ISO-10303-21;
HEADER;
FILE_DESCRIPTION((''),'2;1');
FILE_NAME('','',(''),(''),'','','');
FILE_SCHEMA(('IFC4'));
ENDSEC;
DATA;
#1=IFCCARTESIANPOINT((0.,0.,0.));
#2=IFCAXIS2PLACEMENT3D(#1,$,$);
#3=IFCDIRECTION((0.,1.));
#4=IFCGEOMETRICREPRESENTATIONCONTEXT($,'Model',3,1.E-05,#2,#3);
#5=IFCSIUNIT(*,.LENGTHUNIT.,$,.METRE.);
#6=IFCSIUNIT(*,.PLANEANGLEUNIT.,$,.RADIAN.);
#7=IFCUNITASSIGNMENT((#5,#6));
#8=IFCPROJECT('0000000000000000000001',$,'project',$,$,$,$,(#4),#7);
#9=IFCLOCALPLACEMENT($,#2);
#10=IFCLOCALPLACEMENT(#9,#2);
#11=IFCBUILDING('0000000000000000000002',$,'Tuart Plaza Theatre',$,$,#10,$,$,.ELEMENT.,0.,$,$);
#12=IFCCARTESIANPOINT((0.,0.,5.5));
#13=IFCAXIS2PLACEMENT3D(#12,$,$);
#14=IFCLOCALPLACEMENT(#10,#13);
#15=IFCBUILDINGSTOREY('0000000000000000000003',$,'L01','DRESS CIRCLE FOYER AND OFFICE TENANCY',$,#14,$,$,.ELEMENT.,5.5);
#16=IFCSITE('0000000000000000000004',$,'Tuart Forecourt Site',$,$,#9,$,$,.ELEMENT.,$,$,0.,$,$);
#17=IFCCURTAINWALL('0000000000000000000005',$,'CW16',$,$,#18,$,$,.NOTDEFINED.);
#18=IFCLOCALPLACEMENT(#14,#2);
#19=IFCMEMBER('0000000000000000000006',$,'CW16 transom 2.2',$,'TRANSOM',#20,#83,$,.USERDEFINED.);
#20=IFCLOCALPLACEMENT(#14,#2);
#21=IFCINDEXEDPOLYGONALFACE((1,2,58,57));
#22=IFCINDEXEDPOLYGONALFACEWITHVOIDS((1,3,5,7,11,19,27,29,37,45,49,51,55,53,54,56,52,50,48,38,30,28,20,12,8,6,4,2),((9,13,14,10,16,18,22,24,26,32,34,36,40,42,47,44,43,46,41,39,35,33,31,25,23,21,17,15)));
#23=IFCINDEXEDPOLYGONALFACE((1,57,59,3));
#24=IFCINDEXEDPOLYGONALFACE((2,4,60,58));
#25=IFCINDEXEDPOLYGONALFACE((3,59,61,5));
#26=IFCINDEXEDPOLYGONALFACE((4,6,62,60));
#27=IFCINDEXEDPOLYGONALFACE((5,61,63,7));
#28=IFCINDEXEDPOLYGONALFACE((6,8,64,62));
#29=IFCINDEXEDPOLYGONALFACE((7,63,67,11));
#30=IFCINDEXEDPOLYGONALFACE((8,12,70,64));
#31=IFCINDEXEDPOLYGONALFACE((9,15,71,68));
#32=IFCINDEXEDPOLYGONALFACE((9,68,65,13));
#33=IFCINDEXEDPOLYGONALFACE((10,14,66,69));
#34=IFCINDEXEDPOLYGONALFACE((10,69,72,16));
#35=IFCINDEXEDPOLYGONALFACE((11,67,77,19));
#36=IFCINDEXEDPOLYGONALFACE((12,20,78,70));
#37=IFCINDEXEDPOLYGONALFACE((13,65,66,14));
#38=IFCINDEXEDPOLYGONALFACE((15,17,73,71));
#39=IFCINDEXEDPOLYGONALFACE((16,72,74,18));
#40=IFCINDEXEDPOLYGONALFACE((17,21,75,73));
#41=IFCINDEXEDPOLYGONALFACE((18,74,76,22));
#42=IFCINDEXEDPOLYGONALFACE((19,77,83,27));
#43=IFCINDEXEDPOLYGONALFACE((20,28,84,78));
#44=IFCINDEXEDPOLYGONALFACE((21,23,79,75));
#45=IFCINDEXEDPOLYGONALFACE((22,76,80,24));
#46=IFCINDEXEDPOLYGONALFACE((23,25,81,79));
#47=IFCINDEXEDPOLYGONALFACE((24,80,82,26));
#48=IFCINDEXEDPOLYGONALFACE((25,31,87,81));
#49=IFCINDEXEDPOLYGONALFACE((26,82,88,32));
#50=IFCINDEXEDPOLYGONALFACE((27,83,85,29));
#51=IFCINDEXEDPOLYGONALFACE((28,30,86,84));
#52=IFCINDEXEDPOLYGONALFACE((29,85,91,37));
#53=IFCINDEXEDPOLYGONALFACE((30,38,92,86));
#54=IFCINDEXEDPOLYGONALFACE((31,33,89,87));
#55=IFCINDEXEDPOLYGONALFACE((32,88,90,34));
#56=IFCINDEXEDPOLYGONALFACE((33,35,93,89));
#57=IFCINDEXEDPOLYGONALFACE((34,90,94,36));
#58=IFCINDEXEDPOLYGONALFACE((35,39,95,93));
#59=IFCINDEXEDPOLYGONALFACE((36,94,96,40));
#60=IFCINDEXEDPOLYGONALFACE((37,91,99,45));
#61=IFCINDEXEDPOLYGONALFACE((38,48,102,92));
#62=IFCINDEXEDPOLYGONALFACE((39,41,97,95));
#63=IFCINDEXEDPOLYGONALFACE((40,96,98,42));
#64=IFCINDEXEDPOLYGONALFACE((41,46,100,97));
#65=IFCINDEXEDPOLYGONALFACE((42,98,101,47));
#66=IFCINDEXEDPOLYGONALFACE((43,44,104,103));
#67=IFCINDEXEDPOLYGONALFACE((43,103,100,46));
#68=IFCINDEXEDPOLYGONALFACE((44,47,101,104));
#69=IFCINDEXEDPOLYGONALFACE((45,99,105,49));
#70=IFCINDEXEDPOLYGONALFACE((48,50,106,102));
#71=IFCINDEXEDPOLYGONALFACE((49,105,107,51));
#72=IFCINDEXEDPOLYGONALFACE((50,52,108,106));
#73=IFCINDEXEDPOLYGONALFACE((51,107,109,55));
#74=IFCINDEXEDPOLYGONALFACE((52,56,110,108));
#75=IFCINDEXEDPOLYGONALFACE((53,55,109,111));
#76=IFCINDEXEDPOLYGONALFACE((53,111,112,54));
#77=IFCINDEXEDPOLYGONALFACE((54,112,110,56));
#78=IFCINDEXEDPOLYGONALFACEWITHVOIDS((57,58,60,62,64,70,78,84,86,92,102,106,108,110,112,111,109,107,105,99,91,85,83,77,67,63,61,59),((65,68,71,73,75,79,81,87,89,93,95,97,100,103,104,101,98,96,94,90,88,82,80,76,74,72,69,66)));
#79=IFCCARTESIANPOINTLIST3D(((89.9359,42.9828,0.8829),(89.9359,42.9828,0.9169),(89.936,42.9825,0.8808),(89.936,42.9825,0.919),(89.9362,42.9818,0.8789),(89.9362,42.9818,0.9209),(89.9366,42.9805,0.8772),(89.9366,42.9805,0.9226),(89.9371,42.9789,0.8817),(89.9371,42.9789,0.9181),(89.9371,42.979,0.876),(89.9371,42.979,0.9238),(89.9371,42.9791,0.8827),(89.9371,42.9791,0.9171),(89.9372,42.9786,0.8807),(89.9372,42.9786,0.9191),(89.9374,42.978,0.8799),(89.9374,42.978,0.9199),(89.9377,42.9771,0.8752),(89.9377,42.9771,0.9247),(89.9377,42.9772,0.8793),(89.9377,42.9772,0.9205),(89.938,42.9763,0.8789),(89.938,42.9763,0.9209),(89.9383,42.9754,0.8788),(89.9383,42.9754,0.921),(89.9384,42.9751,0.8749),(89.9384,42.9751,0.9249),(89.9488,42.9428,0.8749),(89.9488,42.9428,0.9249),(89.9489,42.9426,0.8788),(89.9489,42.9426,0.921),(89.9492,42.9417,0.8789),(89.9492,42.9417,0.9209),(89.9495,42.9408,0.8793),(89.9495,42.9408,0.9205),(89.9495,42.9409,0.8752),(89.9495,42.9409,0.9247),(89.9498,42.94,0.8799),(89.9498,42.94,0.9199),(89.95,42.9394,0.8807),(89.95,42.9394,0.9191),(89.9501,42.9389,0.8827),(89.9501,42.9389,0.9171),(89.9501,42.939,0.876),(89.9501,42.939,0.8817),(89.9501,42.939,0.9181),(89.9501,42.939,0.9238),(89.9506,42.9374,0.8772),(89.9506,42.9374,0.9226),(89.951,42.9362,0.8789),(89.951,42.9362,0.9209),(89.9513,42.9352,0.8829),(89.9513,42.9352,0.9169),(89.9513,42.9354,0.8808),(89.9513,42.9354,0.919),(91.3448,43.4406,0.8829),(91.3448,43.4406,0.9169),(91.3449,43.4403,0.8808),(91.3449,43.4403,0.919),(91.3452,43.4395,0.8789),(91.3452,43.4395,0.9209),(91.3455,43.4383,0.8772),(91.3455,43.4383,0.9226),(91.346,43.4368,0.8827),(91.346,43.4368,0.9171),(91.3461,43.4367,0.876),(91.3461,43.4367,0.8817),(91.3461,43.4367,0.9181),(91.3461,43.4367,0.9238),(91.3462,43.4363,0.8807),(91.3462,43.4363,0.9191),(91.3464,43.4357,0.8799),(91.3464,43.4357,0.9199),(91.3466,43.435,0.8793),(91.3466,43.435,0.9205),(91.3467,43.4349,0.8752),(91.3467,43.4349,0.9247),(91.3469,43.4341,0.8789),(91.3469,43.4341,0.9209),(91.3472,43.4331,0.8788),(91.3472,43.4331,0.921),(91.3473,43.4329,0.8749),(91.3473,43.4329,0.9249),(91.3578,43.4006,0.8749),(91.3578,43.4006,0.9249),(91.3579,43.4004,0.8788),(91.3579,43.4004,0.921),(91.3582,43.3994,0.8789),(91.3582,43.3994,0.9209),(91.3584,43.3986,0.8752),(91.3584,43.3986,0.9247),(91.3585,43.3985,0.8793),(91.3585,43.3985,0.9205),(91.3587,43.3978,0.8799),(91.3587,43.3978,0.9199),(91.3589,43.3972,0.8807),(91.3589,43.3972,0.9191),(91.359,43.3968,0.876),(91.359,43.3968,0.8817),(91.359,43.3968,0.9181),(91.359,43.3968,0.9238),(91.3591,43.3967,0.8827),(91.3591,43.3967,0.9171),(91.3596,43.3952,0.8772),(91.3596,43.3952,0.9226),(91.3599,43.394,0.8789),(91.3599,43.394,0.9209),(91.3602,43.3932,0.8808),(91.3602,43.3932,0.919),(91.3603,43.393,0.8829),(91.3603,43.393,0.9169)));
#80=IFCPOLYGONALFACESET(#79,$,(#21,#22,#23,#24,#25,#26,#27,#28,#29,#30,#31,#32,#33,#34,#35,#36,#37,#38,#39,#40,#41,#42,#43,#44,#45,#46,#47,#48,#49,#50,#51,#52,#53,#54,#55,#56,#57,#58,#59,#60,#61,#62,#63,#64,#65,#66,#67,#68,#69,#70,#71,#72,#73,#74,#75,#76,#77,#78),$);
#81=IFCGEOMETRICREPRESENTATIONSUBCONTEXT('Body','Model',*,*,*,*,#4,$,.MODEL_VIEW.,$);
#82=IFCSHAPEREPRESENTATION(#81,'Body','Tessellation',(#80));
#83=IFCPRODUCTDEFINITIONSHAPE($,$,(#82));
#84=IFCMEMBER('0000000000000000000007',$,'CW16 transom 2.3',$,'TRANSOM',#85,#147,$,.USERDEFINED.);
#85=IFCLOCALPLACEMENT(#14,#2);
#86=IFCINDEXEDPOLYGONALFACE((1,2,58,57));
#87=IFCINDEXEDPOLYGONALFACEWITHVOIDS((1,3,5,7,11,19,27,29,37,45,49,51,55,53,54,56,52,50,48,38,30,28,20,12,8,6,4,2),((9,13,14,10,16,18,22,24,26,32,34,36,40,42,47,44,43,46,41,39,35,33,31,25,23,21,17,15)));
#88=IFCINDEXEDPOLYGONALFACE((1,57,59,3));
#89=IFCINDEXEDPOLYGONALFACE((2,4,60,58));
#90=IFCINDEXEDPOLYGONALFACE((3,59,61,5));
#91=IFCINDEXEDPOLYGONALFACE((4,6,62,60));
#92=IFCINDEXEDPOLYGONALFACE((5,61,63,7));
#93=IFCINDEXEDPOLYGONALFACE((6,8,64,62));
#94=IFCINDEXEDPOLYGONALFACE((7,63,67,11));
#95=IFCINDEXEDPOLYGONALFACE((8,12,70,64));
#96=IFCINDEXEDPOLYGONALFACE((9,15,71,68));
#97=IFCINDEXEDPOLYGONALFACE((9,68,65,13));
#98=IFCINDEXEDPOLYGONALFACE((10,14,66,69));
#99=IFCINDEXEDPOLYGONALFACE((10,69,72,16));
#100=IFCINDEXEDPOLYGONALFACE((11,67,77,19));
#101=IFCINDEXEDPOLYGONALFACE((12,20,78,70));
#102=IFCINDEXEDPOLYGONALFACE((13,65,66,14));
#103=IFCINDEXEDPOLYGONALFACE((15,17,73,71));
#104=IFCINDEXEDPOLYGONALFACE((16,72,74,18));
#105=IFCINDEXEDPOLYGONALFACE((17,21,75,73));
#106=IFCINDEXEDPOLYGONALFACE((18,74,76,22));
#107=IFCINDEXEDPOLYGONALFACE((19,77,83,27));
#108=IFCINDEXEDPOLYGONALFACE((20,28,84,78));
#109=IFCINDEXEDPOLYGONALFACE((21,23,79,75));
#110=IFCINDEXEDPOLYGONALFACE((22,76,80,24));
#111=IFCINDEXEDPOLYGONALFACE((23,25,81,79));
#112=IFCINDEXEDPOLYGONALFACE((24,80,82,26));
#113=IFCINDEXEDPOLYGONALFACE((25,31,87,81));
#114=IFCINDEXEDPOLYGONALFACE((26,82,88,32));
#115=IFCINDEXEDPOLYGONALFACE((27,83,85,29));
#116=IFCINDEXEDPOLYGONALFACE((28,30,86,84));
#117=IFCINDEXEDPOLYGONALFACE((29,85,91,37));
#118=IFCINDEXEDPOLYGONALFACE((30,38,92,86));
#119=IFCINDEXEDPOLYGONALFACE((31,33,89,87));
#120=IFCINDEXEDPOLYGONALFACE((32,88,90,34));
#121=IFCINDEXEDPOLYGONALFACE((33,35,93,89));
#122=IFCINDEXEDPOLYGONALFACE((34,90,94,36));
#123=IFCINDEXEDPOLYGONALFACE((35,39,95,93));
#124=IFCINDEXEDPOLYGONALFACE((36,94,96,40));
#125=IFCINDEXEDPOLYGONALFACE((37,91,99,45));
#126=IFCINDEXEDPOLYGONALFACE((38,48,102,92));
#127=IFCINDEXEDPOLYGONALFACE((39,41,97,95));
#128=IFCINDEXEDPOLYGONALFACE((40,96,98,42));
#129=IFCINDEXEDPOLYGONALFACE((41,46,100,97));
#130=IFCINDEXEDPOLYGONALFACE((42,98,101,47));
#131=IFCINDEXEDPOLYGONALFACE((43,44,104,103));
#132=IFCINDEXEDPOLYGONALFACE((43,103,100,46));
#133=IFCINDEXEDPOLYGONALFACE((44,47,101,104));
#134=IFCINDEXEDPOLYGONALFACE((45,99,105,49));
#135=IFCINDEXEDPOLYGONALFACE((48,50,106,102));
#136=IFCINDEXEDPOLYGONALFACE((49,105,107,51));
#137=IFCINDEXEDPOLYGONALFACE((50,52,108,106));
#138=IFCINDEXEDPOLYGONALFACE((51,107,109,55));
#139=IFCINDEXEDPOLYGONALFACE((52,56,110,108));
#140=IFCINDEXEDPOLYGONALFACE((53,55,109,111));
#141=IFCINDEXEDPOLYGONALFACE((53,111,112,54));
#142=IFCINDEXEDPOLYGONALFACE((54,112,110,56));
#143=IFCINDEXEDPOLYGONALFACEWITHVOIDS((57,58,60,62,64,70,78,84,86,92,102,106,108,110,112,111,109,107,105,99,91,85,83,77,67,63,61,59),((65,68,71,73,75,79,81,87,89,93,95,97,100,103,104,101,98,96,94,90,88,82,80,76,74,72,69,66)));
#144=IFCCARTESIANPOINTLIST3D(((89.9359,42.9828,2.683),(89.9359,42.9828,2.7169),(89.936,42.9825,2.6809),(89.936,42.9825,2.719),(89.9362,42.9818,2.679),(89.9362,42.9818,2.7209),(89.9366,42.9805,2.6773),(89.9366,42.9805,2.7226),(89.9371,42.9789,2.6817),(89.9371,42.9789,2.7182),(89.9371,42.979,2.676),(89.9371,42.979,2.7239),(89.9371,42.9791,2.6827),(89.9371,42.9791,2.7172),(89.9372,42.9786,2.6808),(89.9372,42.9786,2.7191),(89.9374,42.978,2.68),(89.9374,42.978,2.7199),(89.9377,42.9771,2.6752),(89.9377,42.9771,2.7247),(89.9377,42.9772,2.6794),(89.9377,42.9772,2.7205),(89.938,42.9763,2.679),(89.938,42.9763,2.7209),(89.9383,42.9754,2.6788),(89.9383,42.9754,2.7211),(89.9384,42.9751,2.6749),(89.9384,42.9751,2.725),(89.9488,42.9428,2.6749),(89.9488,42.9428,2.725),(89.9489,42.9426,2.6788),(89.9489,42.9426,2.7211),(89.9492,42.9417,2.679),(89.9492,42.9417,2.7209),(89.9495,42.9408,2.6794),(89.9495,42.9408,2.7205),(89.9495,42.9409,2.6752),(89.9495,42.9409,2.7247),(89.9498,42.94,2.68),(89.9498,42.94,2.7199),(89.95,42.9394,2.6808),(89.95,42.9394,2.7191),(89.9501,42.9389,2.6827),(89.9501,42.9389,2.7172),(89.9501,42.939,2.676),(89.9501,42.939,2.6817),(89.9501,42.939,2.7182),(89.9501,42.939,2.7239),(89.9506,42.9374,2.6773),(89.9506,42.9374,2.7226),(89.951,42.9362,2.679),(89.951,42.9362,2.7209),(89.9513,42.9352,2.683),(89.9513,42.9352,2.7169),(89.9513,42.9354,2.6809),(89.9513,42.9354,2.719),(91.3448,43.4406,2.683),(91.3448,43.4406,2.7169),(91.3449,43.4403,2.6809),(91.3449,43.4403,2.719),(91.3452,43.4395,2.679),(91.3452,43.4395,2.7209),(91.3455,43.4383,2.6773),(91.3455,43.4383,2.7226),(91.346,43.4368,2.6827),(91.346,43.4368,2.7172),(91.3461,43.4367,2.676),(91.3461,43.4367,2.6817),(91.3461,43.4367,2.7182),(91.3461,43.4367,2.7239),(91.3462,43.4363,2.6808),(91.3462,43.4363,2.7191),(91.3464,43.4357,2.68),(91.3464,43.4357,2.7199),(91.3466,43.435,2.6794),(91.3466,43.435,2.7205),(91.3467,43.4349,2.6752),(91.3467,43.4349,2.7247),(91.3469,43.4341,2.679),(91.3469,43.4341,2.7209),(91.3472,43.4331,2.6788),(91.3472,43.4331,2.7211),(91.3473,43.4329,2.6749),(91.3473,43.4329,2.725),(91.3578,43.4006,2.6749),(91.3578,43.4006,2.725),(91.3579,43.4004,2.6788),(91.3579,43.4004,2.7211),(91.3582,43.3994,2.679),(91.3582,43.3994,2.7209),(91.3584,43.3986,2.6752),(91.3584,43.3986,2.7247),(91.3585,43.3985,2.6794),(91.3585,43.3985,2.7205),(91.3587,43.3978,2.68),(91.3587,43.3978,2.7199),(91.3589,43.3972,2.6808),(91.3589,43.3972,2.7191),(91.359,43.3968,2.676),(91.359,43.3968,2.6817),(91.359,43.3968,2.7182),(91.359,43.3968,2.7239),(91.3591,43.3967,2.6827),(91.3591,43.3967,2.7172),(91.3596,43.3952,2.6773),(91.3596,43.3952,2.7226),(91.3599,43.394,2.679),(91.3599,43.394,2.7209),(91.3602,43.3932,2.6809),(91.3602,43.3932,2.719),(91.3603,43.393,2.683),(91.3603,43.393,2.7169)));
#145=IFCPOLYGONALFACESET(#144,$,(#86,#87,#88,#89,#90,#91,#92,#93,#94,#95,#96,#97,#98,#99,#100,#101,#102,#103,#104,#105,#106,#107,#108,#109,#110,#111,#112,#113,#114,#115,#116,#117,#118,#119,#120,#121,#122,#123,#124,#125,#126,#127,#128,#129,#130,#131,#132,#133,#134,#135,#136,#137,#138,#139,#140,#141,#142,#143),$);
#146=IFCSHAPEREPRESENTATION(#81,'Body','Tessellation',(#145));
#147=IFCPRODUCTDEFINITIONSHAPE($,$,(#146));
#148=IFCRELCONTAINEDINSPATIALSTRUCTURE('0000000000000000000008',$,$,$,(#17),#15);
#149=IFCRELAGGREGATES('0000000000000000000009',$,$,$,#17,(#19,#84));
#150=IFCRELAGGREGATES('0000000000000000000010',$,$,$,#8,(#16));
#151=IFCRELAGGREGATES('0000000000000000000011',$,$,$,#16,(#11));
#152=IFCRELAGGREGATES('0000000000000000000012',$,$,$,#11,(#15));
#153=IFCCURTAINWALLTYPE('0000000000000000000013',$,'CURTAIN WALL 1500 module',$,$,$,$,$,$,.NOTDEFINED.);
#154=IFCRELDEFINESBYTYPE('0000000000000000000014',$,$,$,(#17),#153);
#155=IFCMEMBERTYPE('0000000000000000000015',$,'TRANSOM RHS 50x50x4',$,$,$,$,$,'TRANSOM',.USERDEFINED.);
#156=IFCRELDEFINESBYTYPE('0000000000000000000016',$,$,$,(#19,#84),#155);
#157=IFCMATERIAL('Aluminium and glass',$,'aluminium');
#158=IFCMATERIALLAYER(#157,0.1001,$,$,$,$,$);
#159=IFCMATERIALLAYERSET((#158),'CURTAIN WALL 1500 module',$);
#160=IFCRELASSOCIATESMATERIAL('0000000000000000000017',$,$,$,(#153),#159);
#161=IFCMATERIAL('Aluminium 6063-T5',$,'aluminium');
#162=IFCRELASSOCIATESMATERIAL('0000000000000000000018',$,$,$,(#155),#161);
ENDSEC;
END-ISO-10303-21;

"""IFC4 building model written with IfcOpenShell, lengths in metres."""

from ifc_helpers import new_model, si_unit, direction, frame, origin, origin_2d, place, context, subcontext, project, spatial, hollow_rectangle, extrude, material, layer, layer_set, material_profile, profile_set, type_object, element, aggregate, save


model = new_model("IFC4")

# Units and contexts
model_context = context("Model", 3, precision=1e-05, world=origin(), true_north=direction((0.0, 1.0)))
body_context = subcontext(model_context, "Body", "Model", "MODEL_VIEW")
ifc_project = project(units=[si_unit("LENGTHUNIT", "METRE"), si_unit("PLANEANGLEUNIT", "RADIAN")], contexts=[model_context])

# Site, building, storey
site_placement = place(None, origin())
site = spatial("IfcSite", under=ifc_project, at=site_placement, Name="Tuart Forecourt Site", CompositionType="ELEMENT", RefElevation=0.0)
building_placement = place(site_placement, origin())
building = spatial("IfcBuilding", under=site, at=building_placement, Name="Tuart Plaza Theatre", CompositionType="ELEMENT", ElevationOfRefHeight=0.0)
storey_placement = place(building_placement, frame((0.0, 0.0, 5.5)))
storey = spatial("IfcBuildingStorey", under=building, at=storey_placement, Name="L01", Description="DRESS CIRCLE FOYER AND OFFICE TENANCY", CompositionType="ELEMENT", Elevation=5.5)

# Curtain wall, members
ifc_material_1 = material(Name="Aluminium and glass", Category="aluminium")
ifc_layer_1 = layer(ifc_material_1, 0.1001)
ifc_layer_set_1 = layer_set([ifc_layer_1], Name="CURTAIN WALL 1500 module")
curtain_wall_type = type_object("IfcCurtainWallType", Name="CURTAIN WALL 1500 module", PredefinedType="NOTDEFINED", material=ifc_layer_set_1)
curtain_wall_placement = place(storey_placement, origin())
curtain_wall = element("IfcCurtainWall", 1, at=curtain_wall_placement, inside=storey, type_object=curtain_wall_type, Name="CW16", PredefinedType="NOTDEFINED")
ifc_material_2 = material(Name="Aluminium 6063-T5", Category="aluminium")
ifc_material_profile_1 = material_profile(ifc_material_2, hollow_rectangle(XDim=0.05, YDim=0.05, WallThickness=0.0039, InnerFilletRadius=0.0039, OuterFilletRadius=0.0081, at=origin_2d()), Name="RHS 50x50x4")
ifc_profile_set_1 = profile_set([ifc_material_profile_1], Name="Aluminium 6063-T5")
member_type_1 = type_object("IfcMemberType", Name="TRANSOM RHS 50x50x4", ElementType="TRANSOM", PredefinedType="USERDEFINED", material=ifc_profile_set_1)
member_1_placement = place(storey_placement, frame((89.9436, 42.959, 0.8999), z_axis=(0.951062, 0.309, 0.0), x_axis=(-0.309, 0.951062, 0.0)))
member_1 = element("IfcMember", 2, at=member_1_placement, type_object=member_type_1, Name="CW16 transom 2.2", ObjectType="TRANSOM", PredefinedType="USERDEFINED", context=body_context, shape_type="SweptSolid", body=[
    extrude(hollow_rectangle(XDim=0.05, YDim=0.05, WallThickness=0.0039, InnerFilletRadius=0.0039, OuterFilletRadius=0.0081, at=origin_2d()), origin(), (0.0, 0.0, 1.0), 1.4814),
])
member_2_placement = place(storey_placement, frame((89.9436, 42.959, 2.7), z_axis=(0.951062, 0.309, 0.0), x_axis=(-0.309, 0.951062, 0.0)))
member_2 = element("IfcMember", 3, at=member_2_placement, type_object=member_type_1, Name="CW16 transom 2.3", ObjectType="TRANSOM", PredefinedType="USERDEFINED", context=body_context, shape_type="SweptSolid", body=[
    extrude(hollow_rectangle(XDim=0.05, YDim=0.05, WallThickness=0.0039, InnerFilletRadius=0.0039, OuterFilletRadius=0.0081, at=origin_2d()), origin(), (0.0, 0.0, 1.0), 1.4814),
])
aggregate(curtain_wall, [member_1, member_2])

save(model, "model.ifc")
